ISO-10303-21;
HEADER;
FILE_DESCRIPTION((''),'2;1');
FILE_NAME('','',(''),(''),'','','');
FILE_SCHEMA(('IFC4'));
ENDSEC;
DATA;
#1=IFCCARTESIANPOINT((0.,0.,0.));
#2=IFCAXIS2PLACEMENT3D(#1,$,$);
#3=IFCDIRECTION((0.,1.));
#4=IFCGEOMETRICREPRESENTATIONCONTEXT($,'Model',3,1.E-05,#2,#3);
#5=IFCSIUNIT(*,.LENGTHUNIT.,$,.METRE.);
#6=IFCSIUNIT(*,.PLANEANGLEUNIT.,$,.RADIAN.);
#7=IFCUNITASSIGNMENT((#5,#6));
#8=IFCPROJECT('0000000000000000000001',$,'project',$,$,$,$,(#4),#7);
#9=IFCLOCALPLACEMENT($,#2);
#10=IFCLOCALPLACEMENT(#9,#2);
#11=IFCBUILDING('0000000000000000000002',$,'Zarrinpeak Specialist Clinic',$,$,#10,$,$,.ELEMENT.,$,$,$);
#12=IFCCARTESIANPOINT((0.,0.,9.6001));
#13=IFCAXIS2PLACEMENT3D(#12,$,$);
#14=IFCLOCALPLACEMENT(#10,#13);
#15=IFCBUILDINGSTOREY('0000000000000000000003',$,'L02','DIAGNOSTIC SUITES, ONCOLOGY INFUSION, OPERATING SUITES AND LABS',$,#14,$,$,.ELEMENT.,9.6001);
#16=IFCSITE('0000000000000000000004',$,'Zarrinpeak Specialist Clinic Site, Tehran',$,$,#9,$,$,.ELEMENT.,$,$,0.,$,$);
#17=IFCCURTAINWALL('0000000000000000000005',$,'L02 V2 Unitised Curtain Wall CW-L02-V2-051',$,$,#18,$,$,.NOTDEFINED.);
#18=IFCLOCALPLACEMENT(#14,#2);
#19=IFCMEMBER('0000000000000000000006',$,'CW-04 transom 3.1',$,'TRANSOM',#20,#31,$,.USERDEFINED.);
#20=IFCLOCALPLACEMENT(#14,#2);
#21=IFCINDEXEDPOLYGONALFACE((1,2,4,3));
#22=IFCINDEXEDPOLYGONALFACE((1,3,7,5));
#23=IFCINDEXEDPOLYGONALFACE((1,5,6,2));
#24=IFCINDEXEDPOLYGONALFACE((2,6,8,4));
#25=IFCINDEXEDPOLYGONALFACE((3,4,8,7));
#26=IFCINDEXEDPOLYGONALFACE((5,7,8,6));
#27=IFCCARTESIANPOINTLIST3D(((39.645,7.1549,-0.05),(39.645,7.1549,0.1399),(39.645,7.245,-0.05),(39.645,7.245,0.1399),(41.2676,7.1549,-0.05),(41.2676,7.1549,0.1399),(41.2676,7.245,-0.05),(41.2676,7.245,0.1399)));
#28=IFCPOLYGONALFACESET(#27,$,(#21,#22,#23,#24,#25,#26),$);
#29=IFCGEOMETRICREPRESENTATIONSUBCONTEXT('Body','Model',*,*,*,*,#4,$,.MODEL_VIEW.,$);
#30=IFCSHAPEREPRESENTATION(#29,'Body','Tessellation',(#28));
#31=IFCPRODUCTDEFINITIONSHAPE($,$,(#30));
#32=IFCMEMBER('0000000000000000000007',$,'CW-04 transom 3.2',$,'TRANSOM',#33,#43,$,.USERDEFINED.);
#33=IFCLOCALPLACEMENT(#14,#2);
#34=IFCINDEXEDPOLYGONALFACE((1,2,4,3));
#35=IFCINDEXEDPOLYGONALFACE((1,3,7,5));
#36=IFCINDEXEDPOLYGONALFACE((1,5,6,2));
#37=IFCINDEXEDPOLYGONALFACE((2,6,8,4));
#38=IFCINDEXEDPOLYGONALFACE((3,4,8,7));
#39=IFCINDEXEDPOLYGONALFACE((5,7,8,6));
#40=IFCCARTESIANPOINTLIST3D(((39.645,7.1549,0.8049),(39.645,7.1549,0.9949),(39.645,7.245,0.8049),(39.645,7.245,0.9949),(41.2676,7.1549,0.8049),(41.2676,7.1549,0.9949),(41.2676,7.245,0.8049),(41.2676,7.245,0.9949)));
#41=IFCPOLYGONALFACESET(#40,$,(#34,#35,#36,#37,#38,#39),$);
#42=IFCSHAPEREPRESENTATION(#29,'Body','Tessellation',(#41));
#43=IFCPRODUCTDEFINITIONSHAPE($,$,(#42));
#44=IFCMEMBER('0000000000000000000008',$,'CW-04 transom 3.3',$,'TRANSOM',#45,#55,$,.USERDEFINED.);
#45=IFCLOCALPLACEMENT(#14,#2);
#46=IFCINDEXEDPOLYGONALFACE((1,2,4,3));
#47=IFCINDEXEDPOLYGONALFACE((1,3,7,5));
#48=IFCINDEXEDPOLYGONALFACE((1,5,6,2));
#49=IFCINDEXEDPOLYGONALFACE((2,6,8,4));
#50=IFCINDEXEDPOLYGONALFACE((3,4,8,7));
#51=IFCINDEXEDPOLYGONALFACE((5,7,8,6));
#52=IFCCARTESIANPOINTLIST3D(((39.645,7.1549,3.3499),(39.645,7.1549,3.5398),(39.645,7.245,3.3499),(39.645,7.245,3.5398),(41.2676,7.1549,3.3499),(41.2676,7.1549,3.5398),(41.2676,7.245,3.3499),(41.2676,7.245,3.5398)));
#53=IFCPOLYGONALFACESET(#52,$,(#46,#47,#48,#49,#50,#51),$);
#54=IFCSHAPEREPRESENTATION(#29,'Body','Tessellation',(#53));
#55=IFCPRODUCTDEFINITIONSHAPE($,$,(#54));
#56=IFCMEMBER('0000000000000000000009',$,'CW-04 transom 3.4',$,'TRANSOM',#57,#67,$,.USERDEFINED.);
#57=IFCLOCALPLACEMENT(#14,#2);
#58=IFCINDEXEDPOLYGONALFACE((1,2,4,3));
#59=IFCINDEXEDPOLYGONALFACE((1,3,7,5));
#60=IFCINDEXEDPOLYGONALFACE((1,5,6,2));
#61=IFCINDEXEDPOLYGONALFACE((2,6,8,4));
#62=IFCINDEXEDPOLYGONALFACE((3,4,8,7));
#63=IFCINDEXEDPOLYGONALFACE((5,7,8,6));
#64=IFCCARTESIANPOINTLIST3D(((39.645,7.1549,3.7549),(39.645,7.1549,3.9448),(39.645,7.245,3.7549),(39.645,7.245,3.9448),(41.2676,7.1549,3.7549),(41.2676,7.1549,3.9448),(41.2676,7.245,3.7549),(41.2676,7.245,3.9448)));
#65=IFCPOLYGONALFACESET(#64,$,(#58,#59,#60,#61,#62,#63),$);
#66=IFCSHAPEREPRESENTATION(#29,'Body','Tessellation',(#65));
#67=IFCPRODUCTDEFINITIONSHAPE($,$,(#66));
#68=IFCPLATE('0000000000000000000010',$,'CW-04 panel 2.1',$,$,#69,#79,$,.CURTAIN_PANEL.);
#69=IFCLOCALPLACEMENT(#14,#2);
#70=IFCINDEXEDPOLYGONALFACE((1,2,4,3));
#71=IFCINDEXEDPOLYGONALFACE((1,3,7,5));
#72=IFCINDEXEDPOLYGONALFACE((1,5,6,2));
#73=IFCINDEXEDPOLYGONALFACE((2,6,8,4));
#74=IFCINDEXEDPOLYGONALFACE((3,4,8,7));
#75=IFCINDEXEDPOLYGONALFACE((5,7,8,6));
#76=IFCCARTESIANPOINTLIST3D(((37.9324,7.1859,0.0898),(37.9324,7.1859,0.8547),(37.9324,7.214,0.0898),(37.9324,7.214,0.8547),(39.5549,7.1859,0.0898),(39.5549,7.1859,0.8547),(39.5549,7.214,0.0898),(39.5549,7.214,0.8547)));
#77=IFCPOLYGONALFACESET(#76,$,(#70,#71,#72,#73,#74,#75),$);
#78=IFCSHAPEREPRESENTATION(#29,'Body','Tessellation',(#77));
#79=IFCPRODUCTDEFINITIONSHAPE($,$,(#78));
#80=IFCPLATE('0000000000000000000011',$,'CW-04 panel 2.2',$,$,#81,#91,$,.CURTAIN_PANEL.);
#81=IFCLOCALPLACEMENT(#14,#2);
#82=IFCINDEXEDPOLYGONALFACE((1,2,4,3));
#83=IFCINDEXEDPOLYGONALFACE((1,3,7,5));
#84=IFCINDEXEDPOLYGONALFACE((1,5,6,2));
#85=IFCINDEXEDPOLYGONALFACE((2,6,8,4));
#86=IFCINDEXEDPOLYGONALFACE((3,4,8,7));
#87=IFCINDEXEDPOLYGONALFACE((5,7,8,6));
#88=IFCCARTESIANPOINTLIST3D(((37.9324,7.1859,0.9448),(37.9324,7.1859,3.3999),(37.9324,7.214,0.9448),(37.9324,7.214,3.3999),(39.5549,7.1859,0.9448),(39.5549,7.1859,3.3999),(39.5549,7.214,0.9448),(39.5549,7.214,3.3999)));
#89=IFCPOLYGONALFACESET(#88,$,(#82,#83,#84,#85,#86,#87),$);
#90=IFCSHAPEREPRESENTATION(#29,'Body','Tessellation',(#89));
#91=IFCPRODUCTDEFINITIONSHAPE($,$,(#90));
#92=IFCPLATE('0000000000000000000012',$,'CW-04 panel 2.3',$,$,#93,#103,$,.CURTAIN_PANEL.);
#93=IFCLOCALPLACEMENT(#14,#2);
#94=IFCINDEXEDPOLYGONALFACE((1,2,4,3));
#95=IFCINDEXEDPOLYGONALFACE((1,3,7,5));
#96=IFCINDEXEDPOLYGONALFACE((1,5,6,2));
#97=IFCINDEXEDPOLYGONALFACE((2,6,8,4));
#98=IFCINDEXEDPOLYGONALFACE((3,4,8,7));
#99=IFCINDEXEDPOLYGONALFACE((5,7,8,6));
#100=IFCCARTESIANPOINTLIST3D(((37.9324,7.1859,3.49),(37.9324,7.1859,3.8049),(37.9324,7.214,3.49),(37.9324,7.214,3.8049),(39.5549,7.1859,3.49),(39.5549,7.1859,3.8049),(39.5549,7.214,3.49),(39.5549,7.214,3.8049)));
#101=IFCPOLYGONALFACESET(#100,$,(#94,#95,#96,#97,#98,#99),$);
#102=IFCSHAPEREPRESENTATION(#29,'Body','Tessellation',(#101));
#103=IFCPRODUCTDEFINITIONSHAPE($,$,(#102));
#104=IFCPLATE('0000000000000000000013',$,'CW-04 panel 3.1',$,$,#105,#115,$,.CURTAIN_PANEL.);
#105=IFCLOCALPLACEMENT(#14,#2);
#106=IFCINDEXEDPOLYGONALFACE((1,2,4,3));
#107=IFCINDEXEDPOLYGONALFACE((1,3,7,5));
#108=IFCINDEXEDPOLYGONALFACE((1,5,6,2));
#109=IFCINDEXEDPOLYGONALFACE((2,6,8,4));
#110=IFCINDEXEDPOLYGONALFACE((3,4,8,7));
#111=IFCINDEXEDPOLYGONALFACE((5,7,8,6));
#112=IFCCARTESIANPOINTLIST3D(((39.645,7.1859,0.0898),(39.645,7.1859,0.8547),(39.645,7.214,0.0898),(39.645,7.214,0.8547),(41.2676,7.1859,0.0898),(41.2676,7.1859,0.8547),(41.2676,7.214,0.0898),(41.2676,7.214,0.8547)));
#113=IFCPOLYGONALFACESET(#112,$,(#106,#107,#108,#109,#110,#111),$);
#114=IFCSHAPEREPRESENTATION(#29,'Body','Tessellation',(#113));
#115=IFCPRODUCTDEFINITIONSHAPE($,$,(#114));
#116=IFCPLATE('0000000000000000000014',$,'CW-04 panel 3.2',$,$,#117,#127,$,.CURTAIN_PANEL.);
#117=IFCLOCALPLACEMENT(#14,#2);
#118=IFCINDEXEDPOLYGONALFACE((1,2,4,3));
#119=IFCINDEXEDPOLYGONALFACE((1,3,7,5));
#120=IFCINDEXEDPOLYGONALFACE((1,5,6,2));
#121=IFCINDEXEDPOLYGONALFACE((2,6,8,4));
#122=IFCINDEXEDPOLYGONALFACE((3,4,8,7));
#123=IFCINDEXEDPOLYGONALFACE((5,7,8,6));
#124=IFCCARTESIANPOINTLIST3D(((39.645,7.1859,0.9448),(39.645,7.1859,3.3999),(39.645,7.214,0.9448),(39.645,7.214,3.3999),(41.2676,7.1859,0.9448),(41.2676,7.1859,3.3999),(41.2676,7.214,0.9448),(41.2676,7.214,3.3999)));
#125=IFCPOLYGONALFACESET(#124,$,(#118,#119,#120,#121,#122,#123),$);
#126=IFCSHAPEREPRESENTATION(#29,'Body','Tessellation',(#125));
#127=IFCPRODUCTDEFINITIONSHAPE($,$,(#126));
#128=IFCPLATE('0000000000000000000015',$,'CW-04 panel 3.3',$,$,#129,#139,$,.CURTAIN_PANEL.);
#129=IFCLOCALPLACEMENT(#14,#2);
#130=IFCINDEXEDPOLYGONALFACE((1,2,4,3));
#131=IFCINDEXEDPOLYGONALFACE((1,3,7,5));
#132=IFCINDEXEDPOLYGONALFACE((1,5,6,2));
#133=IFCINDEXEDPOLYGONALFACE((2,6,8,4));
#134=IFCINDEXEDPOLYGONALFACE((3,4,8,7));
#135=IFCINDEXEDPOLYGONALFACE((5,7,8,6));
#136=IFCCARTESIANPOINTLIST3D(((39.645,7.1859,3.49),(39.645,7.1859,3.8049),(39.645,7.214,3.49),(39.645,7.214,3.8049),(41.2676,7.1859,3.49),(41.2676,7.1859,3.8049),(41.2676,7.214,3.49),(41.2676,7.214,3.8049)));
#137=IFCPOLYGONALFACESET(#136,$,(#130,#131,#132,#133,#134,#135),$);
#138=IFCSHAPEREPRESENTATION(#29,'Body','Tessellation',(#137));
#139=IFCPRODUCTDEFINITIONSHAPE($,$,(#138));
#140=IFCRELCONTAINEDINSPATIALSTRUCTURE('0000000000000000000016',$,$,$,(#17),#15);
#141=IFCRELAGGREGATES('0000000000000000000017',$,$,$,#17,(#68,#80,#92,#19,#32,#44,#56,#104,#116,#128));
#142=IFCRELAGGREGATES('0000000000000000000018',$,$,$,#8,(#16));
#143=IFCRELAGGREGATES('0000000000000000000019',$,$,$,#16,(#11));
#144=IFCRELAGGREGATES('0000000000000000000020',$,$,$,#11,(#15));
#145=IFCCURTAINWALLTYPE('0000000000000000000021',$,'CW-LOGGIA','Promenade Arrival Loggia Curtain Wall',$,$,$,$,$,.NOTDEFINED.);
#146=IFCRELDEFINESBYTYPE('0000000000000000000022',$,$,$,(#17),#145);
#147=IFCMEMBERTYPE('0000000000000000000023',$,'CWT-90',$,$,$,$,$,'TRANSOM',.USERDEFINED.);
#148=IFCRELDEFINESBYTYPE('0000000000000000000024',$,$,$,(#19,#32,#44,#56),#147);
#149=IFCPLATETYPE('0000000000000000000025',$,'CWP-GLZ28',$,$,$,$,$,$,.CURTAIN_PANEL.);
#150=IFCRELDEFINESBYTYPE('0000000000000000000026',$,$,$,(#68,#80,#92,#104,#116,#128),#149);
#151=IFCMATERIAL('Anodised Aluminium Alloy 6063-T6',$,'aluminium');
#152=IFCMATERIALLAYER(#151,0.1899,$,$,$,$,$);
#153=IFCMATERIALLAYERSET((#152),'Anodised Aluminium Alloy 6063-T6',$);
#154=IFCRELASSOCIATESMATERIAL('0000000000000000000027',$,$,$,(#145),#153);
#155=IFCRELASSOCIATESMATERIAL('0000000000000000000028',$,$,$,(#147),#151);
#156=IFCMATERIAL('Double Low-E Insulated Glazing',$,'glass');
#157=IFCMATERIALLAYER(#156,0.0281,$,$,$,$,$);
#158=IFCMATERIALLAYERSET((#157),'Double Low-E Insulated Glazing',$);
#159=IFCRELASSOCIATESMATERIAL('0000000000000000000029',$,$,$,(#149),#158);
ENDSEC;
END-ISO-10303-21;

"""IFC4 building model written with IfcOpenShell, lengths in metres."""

from ifc_helpers import new_model, si_unit, direction, frame, origin, origin_2d, place, context, subcontext, project, spatial, rectangle, extrude, material, layer, layer_set, material_profile, profile_set, type_object, element, aggregate, save


model = new_model("IFC4")

# Units and contexts
model_context = context("Model", 3, precision=1e-05, world=origin(), true_north=direction((0.0, 1.0)))
body_context = subcontext(model_context, "Body", "Model", "MODEL_VIEW")
ifc_project = project(units=[si_unit("LENGTHUNIT", "METRE"), si_unit("PLANEANGLEUNIT", "RADIAN")], contexts=[model_context])

# Site, building, storey
site_placement = place(None, origin())
site = spatial("IfcSite", under=ifc_project, at=site_placement, Name="Zarrinpeak Specialist Clinic Site, Tehran", CompositionType="ELEMENT", RefElevation=0.0)
building_placement = place(site_placement, origin())
building = spatial("IfcBuilding", under=site, at=building_placement, Name="Zarrinpeak Specialist Clinic", CompositionType="ELEMENT")
storey_placement = place(building_placement, frame((0.0, 0.0, 9.6001)))
storey = spatial("IfcBuildingStorey", under=building, at=storey_placement, Name="L02", Description="DIAGNOSTIC SUITES, ONCOLOGY INFUSION, OPERATING SUITES AND LABS", CompositionType="ELEMENT", Elevation=9.6001)

# Curtain wall, members, plates
ifc_material_1 = material(Name="Anodised Aluminium Alloy 6063-T6", Category="aluminium")
ifc_layer_1 = layer(ifc_material_1, 0.1899)
ifc_layer_set_1 = layer_set([ifc_layer_1], Name="Anodised Aluminium Alloy 6063-T6")
curtain_wall_type = type_object("IfcCurtainWallType", Name="CW-LOGGIA", Description="Promenade Arrival Loggia Curtain Wall", PredefinedType="NOTDEFINED", material=ifc_layer_set_1)
curtain_wall_placement = place(storey_placement, origin())
curtain_wall = element("IfcCurtainWall", 1, at=curtain_wall_placement, inside=storey, type_object=curtain_wall_type, Name="L02 V2 Unitised Curtain Wall CW-L02-V2-051", PredefinedType="NOTDEFINED")
ifc_material_profile_1 = material_profile(ifc_material_1, rectangle(XDim=0.0901, YDim=0.1899, at=origin_2d()), Name="ALU 90x190")
ifc_profile_set_1 = profile_set([ifc_material_profile_1], Name="Anodised Aluminium Alloy 6063-T6")
member_type_1 = type_object("IfcMemberType", Name="CWT-90", ElementType="TRANSOM", PredefinedType="USERDEFINED", material=ifc_profile_set_1)
member_1_placement = place(storey_placement, frame((39.645, 7.2, 0.0449), z_axis=(1.0, 0.0, 0.0), x_axis=(0.0, 1.0, 0.0)))
member_1 = element("IfcMember", 2, at=member_1_placement, type_object=member_type_1, Name="CW-04 transom 3.1", ObjectType="TRANSOM", PredefinedType="USERDEFINED", context=body_context, shape_type="SweptSolid", body=[
    extrude(rectangle(XDim=0.0901, YDim=0.1899, at=origin_2d()), origin(), (0.0, 0.0, 1.0), 1.6226),
])
member_2_placement = place(storey_placement, frame((39.645, 7.2, 0.8999), z_axis=(1.0, 0.0, 0.0), x_axis=(0.0, 1.0, 0.0)))
member_2 = element("IfcMember", 3, at=member_2_placement, type_object=member_type_1, Name="CW-04 transom 3.2", ObjectType="TRANSOM", PredefinedType="USERDEFINED", context=body_context, shape_type="SweptSolid", body=[
    extrude(rectangle(XDim=0.0901, YDim=0.1899, at=origin_2d()), origin(), (0.0, 0.0, 1.0), 1.6226),
])
member_3_placement = place(storey_placement, frame((39.645, 7.2, 3.4448), z_axis=(1.0, 0.0, 0.0), x_axis=(0.0, 1.0, 0.0)))
member_3 = element("IfcMember", 4, at=member_3_placement, type_object=member_type_1, Name="CW-04 transom 3.3", ObjectType="TRANSOM", PredefinedType="USERDEFINED", context=body_context, shape_type="SweptSolid", body=[
    extrude(rectangle(XDim=0.0901, YDim=0.1899, at=origin_2d()), origin(), (0.0, 0.0, 1.0), 1.6226),
])
member_4_placement = place(storey_placement, frame((39.645, 7.2, 3.8499), z_axis=(1.0, 0.0, 0.0), x_axis=(0.0, 1.0, 0.0)))
member_4 = element("IfcMember", 5, at=member_4_placement, type_object=member_type_1, Name="CW-04 transom 3.4", ObjectType="TRANSOM", PredefinedType="USERDEFINED", context=body_context, shape_type="SweptSolid", body=[
    extrude(rectangle(XDim=0.0901, YDim=0.1899, at=origin_2d()), origin(), (0.0, 0.0, 1.0), 1.6226),
])
ifc_material_2 = material(Name="Double Low-E Insulated Glazing", Category="glass")
ifc_layer_2 = layer(ifc_material_2, 0.0281)
ifc_layer_set_2 = layer_set([ifc_layer_2], Name="Double Low-E Insulated Glazing")
plate_type = type_object("IfcPlateType", Name="CWP-GLZ28", PredefinedType="CURTAIN_PANEL", material=ifc_layer_set_2)
plate_1_placement = place(storey_placement, frame((38.7437, 7.2, 0.0898), z_axis=(0.0, 0.0, 1.0), x_axis=(1.0, 0.0, 0.0)))
plate_1 = element("IfcPlate", 6, at=plate_1_placement, type_object=plate_type, Name="CW-04 panel 2.1", PredefinedType="CURTAIN_PANEL", context=body_context, shape_type="SweptSolid", body=[
    extrude(rectangle(XDim=1.6226, YDim=0.0281, at=origin_2d()), origin(), (0.0, 0.0, 1.0), 0.7649),
])
plate_2_placement = place(storey_placement, frame((38.7437, 7.2, 0.9448), z_axis=(0.0, 0.0, 1.0), x_axis=(1.0, 0.0, 0.0)))
plate_2 = element("IfcPlate", 7, at=plate_2_placement, type_object=plate_type, Name="CW-04 panel 2.2", PredefinedType="CURTAIN_PANEL", context=body_context, shape_type="SweptSolid", body=[
    extrude(rectangle(XDim=1.6226, YDim=0.0281, at=origin_2d()), origin(), (0.0, 0.0, 1.0), 2.4551),
])
plate_3_placement = place(storey_placement, frame((38.7437, 7.2, 3.49), z_axis=(0.0, 0.0, 1.0), x_axis=(1.0, 0.0, 0.0)))
plate_3 = element("IfcPlate", 8, at=plate_3_placement, type_object=plate_type, Name="CW-04 panel 2.3", PredefinedType="CURTAIN_PANEL", context=body_context, shape_type="SweptSolid", body=[
    extrude(rectangle(XDim=1.6226, YDim=0.0281, at=origin_2d()), origin(), (0.0, 0.0, 1.0), 0.3149),
])
plate_4_placement = place(storey_placement, frame((40.4563, 7.2, 0.0898), z_axis=(0.0, 0.0, 1.0), x_axis=(1.0, 0.0, 0.0)))
plate_4 = element("IfcPlate", 9, at=plate_4_placement, type_object=plate_type, Name="CW-04 panel 3.1", PredefinedType="CURTAIN_PANEL", context=body_context, shape_type="SweptSolid", body=[
    extrude(rectangle(XDim=1.6226, YDim=0.0281, at=origin_2d()), origin(), (0.0, 0.0, 1.0), 0.7649),
])
plate_5_placement = place(storey_placement, frame((40.4563, 7.2, 0.9448), z_axis=(0.0, 0.0, 1.0), x_axis=(1.0, 0.0, 0.0)))
plate_5 = element("IfcPlate", 10, at=plate_5_placement, type_object=plate_type, Name="CW-04 panel 3.2", PredefinedType="CURTAIN_PANEL", context=body_context, shape_type="SweptSolid", body=[
    extrude(rectangle(XDim=1.6226, YDim=0.0281, at=origin_2d()), origin(), (0.0, 0.0, 1.0), 2.4551),
])
plate_6_placement = place(storey_placement, frame((40.4563, 7.2, 3.49), z_axis=(0.0, 0.0, 1.0), x_axis=(1.0, 0.0, 0.0)))
plate_6 = element("IfcPlate", 11, at=plate_6_placement, type_object=plate_type, Name="CW-04 panel 3.3", PredefinedType="CURTAIN_PANEL", context=body_context, shape_type="SweptSolid", body=[
    extrude(rectangle(XDim=1.6226, YDim=0.0281, at=origin_2d()), origin(), (0.0, 0.0, 1.0), 0.3149),
])
aggregate(curtain_wall, [plate_1, plate_2, plate_3, member_1, member_2, member_3, member_4, plate_4, plate_5, plate_6])

save(model, "model.ifc")
